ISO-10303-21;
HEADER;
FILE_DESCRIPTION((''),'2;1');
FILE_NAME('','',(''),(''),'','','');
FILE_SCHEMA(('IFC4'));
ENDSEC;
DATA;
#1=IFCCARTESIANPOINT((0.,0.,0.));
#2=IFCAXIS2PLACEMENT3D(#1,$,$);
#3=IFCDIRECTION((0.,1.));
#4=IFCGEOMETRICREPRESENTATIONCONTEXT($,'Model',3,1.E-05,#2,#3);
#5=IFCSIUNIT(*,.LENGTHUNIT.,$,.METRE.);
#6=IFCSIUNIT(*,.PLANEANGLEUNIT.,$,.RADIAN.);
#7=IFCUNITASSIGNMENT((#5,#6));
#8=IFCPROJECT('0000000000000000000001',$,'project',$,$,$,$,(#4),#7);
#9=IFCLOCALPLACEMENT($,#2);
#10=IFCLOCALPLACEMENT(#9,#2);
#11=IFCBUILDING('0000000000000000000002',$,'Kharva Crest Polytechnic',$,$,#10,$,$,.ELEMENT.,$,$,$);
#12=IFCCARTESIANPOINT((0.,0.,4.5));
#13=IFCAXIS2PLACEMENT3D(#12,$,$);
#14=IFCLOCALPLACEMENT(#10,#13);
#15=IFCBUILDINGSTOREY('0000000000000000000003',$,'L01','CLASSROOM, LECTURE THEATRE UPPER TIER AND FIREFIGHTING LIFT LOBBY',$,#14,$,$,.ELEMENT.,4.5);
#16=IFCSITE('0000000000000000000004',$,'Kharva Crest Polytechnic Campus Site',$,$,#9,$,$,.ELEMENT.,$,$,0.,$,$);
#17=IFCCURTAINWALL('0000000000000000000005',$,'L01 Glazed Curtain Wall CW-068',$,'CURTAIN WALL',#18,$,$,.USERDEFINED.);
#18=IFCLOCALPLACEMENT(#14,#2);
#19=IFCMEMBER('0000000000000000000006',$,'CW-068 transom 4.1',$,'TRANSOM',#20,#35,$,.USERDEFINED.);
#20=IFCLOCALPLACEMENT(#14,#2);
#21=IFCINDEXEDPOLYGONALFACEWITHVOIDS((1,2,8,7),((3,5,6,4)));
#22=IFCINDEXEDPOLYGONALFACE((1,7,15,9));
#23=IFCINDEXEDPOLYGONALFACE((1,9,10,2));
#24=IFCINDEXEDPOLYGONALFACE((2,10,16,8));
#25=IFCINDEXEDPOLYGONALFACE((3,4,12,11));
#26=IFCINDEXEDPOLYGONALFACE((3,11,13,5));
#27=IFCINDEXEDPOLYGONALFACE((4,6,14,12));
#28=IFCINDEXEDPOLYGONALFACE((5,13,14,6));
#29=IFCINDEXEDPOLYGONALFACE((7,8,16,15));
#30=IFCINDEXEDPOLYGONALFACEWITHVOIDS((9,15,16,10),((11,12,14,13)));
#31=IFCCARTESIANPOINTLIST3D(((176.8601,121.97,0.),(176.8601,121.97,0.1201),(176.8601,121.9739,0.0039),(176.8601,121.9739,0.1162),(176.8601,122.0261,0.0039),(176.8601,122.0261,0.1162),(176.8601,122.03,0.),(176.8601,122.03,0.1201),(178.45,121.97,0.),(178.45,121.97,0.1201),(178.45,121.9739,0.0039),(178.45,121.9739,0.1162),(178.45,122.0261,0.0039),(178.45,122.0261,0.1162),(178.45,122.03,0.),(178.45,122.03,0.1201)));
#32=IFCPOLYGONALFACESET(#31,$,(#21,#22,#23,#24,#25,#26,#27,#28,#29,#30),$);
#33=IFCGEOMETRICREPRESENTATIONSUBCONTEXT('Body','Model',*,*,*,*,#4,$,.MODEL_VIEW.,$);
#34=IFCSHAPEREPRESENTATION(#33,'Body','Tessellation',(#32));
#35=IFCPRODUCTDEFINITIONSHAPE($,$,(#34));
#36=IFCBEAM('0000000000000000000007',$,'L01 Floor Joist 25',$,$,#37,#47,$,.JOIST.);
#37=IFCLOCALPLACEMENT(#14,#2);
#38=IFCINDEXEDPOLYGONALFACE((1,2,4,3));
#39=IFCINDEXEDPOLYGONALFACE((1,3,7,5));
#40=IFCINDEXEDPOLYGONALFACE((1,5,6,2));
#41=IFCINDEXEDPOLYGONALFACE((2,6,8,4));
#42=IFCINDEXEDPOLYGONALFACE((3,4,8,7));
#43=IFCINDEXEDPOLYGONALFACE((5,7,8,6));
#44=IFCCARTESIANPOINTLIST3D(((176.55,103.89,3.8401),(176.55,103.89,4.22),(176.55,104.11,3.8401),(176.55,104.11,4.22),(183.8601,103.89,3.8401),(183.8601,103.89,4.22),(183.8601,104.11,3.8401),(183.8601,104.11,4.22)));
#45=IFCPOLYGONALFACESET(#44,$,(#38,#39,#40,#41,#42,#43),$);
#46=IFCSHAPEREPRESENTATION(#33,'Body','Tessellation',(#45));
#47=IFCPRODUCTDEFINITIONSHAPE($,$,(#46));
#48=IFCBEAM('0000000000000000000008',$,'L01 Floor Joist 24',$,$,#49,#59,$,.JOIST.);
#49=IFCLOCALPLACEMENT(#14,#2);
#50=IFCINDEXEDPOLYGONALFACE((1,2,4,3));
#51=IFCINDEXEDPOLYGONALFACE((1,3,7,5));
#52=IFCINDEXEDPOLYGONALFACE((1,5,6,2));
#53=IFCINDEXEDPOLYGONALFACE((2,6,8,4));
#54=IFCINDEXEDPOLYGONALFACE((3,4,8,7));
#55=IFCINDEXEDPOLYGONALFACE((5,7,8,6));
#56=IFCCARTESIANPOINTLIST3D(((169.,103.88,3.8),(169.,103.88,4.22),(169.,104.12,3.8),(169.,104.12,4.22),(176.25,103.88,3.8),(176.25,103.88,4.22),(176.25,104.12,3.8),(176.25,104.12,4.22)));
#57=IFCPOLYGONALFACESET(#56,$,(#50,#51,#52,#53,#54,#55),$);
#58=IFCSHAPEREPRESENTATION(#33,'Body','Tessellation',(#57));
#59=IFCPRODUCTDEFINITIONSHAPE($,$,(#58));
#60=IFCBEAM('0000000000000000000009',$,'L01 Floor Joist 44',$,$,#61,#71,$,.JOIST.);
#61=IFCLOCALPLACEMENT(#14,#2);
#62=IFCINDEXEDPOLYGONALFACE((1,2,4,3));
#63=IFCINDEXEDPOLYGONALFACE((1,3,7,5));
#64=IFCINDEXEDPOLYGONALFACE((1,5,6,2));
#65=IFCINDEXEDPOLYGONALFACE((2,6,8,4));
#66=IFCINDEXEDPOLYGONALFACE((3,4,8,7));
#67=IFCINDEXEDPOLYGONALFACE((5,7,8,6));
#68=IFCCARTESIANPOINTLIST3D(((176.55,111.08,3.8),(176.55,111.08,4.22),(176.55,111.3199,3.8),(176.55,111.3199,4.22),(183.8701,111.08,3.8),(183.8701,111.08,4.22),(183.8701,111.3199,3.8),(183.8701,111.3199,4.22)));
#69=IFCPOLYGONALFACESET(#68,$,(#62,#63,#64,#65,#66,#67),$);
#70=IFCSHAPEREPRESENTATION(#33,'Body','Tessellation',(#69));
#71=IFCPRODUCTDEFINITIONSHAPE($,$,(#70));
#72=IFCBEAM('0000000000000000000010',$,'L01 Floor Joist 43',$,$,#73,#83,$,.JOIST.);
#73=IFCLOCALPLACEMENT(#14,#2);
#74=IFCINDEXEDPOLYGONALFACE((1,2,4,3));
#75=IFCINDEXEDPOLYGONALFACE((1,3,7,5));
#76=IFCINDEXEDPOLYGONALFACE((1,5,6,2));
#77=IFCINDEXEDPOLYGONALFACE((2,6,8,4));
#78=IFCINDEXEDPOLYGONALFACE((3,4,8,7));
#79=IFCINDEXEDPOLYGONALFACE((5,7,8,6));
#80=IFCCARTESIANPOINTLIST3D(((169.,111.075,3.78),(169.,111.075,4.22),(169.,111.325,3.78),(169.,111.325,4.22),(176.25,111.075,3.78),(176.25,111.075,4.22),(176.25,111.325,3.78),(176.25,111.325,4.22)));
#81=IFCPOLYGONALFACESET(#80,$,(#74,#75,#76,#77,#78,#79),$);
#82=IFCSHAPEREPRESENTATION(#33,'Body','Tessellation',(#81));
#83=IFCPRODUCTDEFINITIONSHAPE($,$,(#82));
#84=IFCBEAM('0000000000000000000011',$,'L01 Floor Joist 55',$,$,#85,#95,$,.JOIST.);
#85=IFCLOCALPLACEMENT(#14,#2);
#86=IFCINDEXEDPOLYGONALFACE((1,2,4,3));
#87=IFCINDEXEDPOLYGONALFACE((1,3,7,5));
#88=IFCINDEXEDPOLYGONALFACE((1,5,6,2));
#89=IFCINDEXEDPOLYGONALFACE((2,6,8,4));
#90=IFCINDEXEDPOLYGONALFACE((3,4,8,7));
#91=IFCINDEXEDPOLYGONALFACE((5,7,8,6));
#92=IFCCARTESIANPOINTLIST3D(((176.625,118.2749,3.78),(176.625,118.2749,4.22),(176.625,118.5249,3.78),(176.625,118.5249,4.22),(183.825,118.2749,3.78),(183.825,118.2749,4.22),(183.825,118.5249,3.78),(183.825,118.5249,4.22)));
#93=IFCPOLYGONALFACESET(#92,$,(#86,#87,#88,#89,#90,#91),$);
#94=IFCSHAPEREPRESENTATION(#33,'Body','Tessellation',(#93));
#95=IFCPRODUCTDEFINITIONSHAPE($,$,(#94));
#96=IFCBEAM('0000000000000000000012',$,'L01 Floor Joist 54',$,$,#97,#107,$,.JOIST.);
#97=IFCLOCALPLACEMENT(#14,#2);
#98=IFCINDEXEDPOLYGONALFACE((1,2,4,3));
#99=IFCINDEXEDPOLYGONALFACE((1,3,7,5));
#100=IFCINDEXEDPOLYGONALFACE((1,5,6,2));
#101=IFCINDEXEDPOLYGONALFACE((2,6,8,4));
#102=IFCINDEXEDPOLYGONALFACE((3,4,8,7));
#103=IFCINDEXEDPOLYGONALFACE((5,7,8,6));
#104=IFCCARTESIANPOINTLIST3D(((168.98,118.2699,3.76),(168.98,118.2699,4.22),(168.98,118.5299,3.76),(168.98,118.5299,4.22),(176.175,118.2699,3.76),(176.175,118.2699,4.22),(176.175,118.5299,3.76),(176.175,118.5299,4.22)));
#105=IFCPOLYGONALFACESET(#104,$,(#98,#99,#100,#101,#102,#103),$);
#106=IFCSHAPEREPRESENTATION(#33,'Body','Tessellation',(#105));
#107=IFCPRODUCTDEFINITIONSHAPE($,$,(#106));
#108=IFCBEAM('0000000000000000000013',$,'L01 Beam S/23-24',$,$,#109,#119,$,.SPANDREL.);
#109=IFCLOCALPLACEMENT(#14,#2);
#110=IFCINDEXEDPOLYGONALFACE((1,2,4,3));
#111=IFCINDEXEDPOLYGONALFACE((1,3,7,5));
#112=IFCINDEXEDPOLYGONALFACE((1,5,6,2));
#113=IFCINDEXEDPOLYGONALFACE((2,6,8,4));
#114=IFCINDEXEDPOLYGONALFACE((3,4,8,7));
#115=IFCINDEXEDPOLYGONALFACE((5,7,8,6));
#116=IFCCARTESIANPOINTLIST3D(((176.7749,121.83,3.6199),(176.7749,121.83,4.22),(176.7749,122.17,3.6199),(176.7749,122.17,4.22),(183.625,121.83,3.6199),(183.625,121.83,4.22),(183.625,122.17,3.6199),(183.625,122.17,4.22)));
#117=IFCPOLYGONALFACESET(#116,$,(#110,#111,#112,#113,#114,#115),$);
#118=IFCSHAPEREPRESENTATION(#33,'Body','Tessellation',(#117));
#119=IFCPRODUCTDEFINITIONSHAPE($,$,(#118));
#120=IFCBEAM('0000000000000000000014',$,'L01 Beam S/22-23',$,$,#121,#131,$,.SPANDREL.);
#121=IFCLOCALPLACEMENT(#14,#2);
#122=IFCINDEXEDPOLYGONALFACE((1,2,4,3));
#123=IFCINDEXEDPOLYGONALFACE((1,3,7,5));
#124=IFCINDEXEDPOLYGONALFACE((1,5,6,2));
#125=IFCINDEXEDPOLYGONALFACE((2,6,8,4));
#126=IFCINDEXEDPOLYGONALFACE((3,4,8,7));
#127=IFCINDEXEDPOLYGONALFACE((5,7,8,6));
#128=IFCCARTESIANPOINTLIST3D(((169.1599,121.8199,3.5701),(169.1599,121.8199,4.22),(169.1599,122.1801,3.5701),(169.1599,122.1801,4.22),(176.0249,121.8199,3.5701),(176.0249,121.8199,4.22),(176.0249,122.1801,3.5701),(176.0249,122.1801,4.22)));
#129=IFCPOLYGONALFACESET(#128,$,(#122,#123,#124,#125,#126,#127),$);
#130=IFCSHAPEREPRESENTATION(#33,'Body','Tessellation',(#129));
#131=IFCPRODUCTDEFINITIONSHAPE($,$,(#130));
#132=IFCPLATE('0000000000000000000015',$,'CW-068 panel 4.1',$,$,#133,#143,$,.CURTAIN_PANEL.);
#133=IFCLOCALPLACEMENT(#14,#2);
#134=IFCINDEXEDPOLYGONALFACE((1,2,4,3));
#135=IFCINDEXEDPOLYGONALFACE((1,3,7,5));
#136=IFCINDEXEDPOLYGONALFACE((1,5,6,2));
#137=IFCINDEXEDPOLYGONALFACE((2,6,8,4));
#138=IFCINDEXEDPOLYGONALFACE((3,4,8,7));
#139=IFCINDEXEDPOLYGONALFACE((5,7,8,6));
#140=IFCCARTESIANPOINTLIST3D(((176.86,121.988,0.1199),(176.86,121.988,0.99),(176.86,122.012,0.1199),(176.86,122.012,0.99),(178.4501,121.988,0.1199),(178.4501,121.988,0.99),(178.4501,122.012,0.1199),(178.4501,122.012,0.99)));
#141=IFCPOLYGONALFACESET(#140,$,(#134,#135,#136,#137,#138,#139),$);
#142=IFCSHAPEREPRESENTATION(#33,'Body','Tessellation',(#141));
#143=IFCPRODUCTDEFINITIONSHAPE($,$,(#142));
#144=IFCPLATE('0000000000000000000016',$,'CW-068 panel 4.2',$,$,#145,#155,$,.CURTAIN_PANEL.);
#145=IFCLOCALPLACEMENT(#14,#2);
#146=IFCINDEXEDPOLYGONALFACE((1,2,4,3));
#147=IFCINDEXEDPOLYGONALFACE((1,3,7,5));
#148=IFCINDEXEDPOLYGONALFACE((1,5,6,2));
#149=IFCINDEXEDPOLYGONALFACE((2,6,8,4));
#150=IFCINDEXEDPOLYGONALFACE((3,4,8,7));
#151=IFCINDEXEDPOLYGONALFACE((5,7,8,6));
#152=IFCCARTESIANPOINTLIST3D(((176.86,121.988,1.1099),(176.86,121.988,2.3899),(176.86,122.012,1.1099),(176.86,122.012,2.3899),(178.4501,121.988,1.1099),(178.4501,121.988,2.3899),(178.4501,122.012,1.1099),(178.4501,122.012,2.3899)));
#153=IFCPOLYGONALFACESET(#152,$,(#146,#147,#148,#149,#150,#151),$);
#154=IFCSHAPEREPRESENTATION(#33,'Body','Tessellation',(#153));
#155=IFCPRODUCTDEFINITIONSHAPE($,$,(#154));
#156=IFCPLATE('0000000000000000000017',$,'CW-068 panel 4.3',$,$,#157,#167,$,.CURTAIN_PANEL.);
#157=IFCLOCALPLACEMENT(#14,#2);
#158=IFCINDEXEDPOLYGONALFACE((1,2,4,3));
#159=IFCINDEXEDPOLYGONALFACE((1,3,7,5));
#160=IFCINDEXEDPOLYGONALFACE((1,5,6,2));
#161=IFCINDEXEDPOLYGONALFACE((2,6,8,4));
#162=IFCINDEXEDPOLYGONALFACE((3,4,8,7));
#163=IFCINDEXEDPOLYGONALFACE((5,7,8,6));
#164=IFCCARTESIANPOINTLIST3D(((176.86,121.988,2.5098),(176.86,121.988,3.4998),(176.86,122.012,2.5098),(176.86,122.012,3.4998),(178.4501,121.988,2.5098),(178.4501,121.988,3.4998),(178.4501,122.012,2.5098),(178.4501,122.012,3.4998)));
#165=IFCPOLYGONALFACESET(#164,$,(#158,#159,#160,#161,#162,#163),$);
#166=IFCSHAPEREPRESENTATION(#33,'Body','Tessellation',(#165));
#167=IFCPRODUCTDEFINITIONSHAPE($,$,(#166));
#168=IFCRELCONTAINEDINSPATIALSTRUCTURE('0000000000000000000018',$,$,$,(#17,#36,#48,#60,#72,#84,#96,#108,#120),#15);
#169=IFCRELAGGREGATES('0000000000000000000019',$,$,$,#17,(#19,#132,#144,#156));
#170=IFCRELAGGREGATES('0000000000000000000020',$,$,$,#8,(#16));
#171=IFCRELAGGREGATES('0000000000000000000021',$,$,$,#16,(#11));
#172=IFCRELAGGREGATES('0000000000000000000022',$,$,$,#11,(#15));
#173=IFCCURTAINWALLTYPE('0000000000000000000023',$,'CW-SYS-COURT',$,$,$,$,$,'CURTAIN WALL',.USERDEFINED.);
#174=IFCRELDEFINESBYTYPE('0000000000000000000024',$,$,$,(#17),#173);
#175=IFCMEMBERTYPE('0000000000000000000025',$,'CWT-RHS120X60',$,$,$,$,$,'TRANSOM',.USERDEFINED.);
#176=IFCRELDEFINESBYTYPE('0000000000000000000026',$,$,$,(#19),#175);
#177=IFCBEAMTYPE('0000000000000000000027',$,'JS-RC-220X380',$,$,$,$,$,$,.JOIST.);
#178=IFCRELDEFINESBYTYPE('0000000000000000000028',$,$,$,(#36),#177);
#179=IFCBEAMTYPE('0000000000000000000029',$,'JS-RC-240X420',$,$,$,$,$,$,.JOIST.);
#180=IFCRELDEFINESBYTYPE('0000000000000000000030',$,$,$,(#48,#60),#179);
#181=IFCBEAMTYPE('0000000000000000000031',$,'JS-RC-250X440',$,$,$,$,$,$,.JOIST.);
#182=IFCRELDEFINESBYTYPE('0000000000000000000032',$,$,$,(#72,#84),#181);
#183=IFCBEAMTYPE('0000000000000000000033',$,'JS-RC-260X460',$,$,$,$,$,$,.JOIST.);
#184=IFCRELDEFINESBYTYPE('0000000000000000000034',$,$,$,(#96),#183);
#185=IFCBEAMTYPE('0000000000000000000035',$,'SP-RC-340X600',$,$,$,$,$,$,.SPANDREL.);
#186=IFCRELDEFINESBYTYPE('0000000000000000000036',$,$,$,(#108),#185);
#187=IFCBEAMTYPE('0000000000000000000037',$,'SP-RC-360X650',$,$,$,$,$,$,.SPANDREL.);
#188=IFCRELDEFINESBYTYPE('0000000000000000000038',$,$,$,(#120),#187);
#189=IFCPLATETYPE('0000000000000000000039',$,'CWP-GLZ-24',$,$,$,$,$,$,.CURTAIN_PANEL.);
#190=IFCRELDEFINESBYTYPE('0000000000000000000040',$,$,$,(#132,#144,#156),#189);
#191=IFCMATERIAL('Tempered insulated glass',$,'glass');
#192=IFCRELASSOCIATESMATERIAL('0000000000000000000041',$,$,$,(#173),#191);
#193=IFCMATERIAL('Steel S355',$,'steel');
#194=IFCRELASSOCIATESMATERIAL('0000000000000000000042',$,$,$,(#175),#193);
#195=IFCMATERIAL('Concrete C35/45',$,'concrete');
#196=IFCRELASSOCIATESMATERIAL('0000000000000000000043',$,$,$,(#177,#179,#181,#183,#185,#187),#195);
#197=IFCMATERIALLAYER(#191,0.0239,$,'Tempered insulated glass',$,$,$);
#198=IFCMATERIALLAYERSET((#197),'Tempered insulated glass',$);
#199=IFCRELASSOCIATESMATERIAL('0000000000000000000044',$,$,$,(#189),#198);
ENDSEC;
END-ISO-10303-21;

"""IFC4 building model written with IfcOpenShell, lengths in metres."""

from ifc_helpers import new_model, si_unit, direction, frame, origin, origin_2d, place, context, subcontext, project, spatial, rectangle, hollow_rectangle, extrude, material, layer, layer_set, material_profile, profile_set, type_object, element, aggregate, save


model = new_model("IFC4")

# Units and contexts
model_context = context("Model", 3, precision=1e-05, world=origin(), true_north=direction((0.0, 1.0)))
body_context = subcontext(model_context, "Body", "Model", "MODEL_VIEW")
ifc_project = project(units=[si_unit("LENGTHUNIT", "METRE"), si_unit("PLANEANGLEUNIT", "RADIAN")], contexts=[model_context])

# Site, building, storey
site_placement = place(None, origin())
site = spatial("IfcSite", under=ifc_project, at=site_placement, Name="Kharva Crest Polytechnic Campus Site", CompositionType="ELEMENT", RefElevation=0.0)
building_placement = place(site_placement, origin())
building = spatial("IfcBuilding", under=site, at=building_placement, Name="Kharva Crest Polytechnic", CompositionType="ELEMENT")
storey_placement = place(building_placement, frame((0.0, 0.0, 4.5)))
storey = spatial("IfcBuildingStorey", under=building, at=storey_placement, Name="L01", Description="CLASSROOM, LECTURE THEATRE UPPER TIER AND FIREFIGHTING LIFT LOBBY", CompositionType="ELEMENT", Elevation=4.5)

# Shared definitions
ifc_material_1 = material(Name="Concrete C35/45", Category="concrete")

# Curtain wall, member
ifc_material_2 = material(Name="Tempered insulated glass", Category="glass")
curtain_wall_type = type_object("IfcCurtainWallType", Name="CW-SYS-COURT", ElementType="CURTAIN WALL", PredefinedType="USERDEFINED", material=ifc_material_2)
curtain_wall_placement = place(storey_placement, origin())
curtain_wall = element("IfcCurtainWall", 1, at=curtain_wall_placement, inside=storey, type_object=curtain_wall_type, Name="L01 Glazed Curtain Wall CW-068", ObjectType="CURTAIN WALL", PredefinedType="USERDEFINED")
ifc_material_3 = material(Name="Steel S355", Category="steel")
ifc_material_profile_1 = material_profile(ifc_material_3, hollow_rectangle(XDim=0.0601, YDim=0.1201, WallThickness=0.0039, at=origin_2d()), Name="RHS 120X60X4.0")
ifc_profile_set_1 = profile_set([ifc_material_profile_1], Name="Steel S355")
member_type_1 = type_object("IfcMemberType", Name="CWT-RHS120X60", ElementType="TRANSOM", PredefinedType="USERDEFINED", material=ifc_profile_set_1)
member_1_placement = place(storey_placement, frame((178.45, 122.0, 0.0601), z_axis=(-1.0, 0.0, 0.0), x_axis=(0.0, -1.0, 0.0)))
member_1 = element("IfcMember", 2, at=member_1_placement, type_object=member_type_1, Name="CW-068 transom 4.1", ObjectType="TRANSOM", PredefinedType="USERDEFINED", context=body_context, shape_type="SweptSolid", body=[
    extrude(hollow_rectangle(XDim=0.0601, YDim=0.1201, WallThickness=0.0039, at=origin_2d()), origin(), (0.0, 0.0, 1.0), 1.5898),
])

# Beams
ifc_material_profile_2 = material_profile(ifc_material_1, rectangle(XDim=0.22, YDim=0.3799, at=origin_2d()), Name="RECT 220 X 380")
ifc_profile_set_2 = profile_set([ifc_material_profile_2], Name="Concrete C35/45")
beam_type_1 = type_object("IfcBeamType", Name="JS-RC-220X380", PredefinedType="JOIST", material=ifc_profile_set_2)
beam_1_placement = place(storey_placement, frame((176.55, 104.0, 4.03), z_axis=(1.0, 0.0, 0.0), x_axis=(0.0, 1.0, 0.0)))
element("IfcBeam", 3, at=beam_1_placement, inside=storey, type_object=beam_type_1, Name="L01 Floor Joist 25", PredefinedType="JOIST", context=body_context, shape_type="SweptSolid", body=[
    extrude(rectangle(XDim=0.22, YDim=0.3799, at=origin_2d()), origin(), (0.0, 0.0, 1.0), 7.3101),
])
ifc_material_profile_3 = material_profile(ifc_material_1, rectangle(XDim=0.24, YDim=0.4199, at=origin_2d()), Name="RECT 240 X 420")
ifc_profile_set_3 = profile_set([ifc_material_profile_3], Name="Concrete C35/45")
beam_type_2 = type_object("IfcBeamType", Name="JS-RC-240X420", PredefinedType="JOIST", material=ifc_profile_set_3)
beam_2_placement = place(storey_placement, frame((169.0, 104.0, 4.01), z_axis=(1.0, 0.0, 0.0), x_axis=(0.0, 1.0, 0.0)))
element("IfcBeam", 4, at=beam_2_placement, inside=storey, type_object=beam_type_2, Name="L01 Floor Joist 24", PredefinedType="JOIST", context=body_context, shape_type="SweptSolid", body=[
    extrude(rectangle(XDim=0.24, YDim=0.4199, at=origin_2d()), origin(), (0.0, 0.0, 1.0), 7.25),
])
beam_3_placement = place(storey_placement, frame((176.55, 111.2, 4.01), z_axis=(1.0, 0.0, 0.0), x_axis=(0.0, 1.0, 0.0)))
element("IfcBeam", 5, at=beam_3_placement, inside=storey, type_object=beam_type_2, Name="L01 Floor Joist 44", PredefinedType="JOIST", context=body_context, shape_type="SweptSolid", body=[
    extrude(rectangle(XDim=0.24, YDim=0.4199, at=origin_2d()), origin(), (0.0, 0.0, 1.0), 7.3201),
])
ifc_material_profile_4 = material_profile(ifc_material_1, rectangle(XDim=0.25, YDim=0.4399, at=origin_2d()), Name="RECT 250 X 440")
ifc_profile_set_4 = profile_set([ifc_material_profile_4], Name="Concrete C35/45")
beam_type_3 = type_object("IfcBeamType", Name="JS-RC-250X440", PredefinedType="JOIST", material=ifc_profile_set_4)
beam_4_placement = place(storey_placement, frame((169.0, 111.2, 4.0), z_axis=(1.0, 0.0, 0.0), x_axis=(0.0, 1.0, 0.0)))
element("IfcBeam", 6, at=beam_4_placement, inside=storey, type_object=beam_type_3, Name="L01 Floor Joist 43", PredefinedType="JOIST", context=body_context, shape_type="SweptSolid", body=[
    extrude(rectangle(XDim=0.25, YDim=0.4399, at=origin_2d()), origin(), (0.0, 0.0, 1.0), 7.25),
])
beam_5_placement = place(storey_placement, frame((176.625, 118.3999, 4.0), z_axis=(1.0, 0.0, 0.0), x_axis=(0.0, 1.0, 0.0)))
element("IfcBeam", 7, at=beam_5_placement, inside=storey, type_object=beam_type_3, Name="L01 Floor Joist 55", PredefinedType="JOIST", context=body_context, shape_type="SweptSolid", body=[
    extrude(rectangle(XDim=0.25, YDim=0.4399, at=origin_2d()), origin(), (0.0, 0.0, 1.0), 7.2),
])
ifc_material_profile_5 = material_profile(ifc_material_1, rectangle(XDim=0.26, YDim=0.46, at=origin_2d()), Name="RECT 260 X 460")
ifc_profile_set_5 = profile_set([ifc_material_profile_5], Name="Concrete C35/45")
beam_type_4 = type_object("IfcBeamType", Name="JS-RC-260X460", PredefinedType="JOIST", material=ifc_profile_set_5)
beam_6_placement = place(storey_placement, frame((168.98, 118.3999, 3.99), z_axis=(1.0, 0.0, 0.0), x_axis=(0.0, 1.0, 0.0)))
element("IfcBeam", 8, at=beam_6_placement, inside=storey, type_object=beam_type_4, Name="L01 Floor Joist 54", PredefinedType="JOIST", context=body_context, shape_type="SweptSolid", body=[
    extrude(rectangle(XDim=0.26, YDim=0.46, at=origin_2d()), origin(), (0.0, 0.0, 1.0), 7.1951),
])
ifc_material_profile_6 = material_profile(ifc_material_1, rectangle(XDim=0.3401, YDim=0.6001, at=origin_2d()), Name="RECT 340 X 600")
ifc_profile_set_6 = profile_set([ifc_material_profile_6], Name="Concrete C35/45")
beam_type_5 = type_object("IfcBeamType", Name="SP-RC-340X600", PredefinedType="SPANDREL", material=ifc_profile_set_6)
beam_7_placement = place(storey_placement, frame((176.7749, 122.0, 3.9199), z_axis=(1.0, 0.0, 0.0), x_axis=(0.0, 1.0, 0.0)))
element("IfcBeam", 9, at=beam_7_placement, inside=storey, type_object=beam_type_5, Name="L01 Beam S/23-24", PredefinedType="SPANDREL", context=body_context, shape_type="SweptSolid", body=[
    extrude(rectangle(XDim=0.3401, YDim=0.6001, at=origin_2d()), origin(), (0.0, 0.0, 1.0), 6.8501),
])
ifc_material_profile_7 = material_profile(ifc_material_1, rectangle(XDim=0.3601, YDim=0.6499, at=origin_2d()), Name="RECT 360 X 650")
ifc_profile_set_7 = profile_set([ifc_material_profile_7], Name="Concrete C35/45")
beam_type_6 = type_object("IfcBeamType", Name="SP-RC-360X650", PredefinedType="SPANDREL", material=ifc_profile_set_7)
beam_8_placement = place(storey_placement, frame((169.1599, 122.0, 3.895), z_axis=(1.0, 0.0, 0.0), x_axis=(0.0, 1.0, 0.0)))
element("IfcBeam", 10, at=beam_8_placement, inside=storey, type_object=beam_type_6, Name="L01 Beam S/22-23", PredefinedType="SPANDREL", context=body_context, shape_type="SweptSolid", body=[
    extrude(rectangle(XDim=0.3601, YDim=0.6499, at=origin_2d()), origin(), (0.0, 0.0, 1.0), 6.865),
])

# Plates
ifc_layer_1 = layer(ifc_material_2, 0.0239, Name="Tempered insulated glass")
ifc_layer_set_1 = layer_set([ifc_layer_1], Name="Tempered insulated glass")
plate_type = type_object("IfcPlateType", Name="CWP-GLZ-24", PredefinedType="CURTAIN_PANEL", material=ifc_layer_set_1)
plate_1_placement = place(storey_placement, frame((177.655, 122.0, 0.1199), z_axis=(0.0, 0.0, 1.0), x_axis=(-1.0, 0.0, 0.0)))
plate_1 = element("IfcPlate", 11, at=plate_1_placement, type_object=plate_type, Name="CW-068 panel 4.1", PredefinedType="CURTAIN_PANEL", context=body_context, shape_type="SweptSolid", body=[
    extrude(rectangle(XDim=1.5901, YDim=0.0239, at=origin_2d()), origin(), (0.0, 0.0, 1.0), 0.8701),
])
plate_2_placement = place(storey_placement, frame((177.655, 122.0, 1.1099), z_axis=(0.0, 0.0, 1.0), x_axis=(-1.0, 0.0, 0.0)))
plate_2 = element("IfcPlate", 12, at=plate_2_placement, type_object=plate_type, Name="CW-068 panel 4.2", PredefinedType="CURTAIN_PANEL", context=body_context, shape_type="SweptSolid", body=[
    extrude(rectangle(XDim=1.5901, YDim=0.0239, at=origin_2d()), origin(), (0.0, 0.0, 1.0), 1.28),
])
plate_3_placement = place(storey_placement, frame((177.655, 122.0, 2.5098), z_axis=(0.0, 0.0, 1.0), x_axis=(-1.0, 0.0, 0.0)))
plate_3 = element("IfcPlate", 13, at=plate_3_placement, type_object=plate_type, Name="CW-068 panel 4.3", PredefinedType="CURTAIN_PANEL", context=body_context, shape_type="SweptSolid", body=[
    extrude(rectangle(XDim=1.5901, YDim=0.0239, at=origin_2d()), origin(), (0.0, 0.0, 1.0), 0.99),
])
aggregate(curtain_wall, [member_1, plate_1, plate_2, plate_3])

save(model, "model.ifc")
